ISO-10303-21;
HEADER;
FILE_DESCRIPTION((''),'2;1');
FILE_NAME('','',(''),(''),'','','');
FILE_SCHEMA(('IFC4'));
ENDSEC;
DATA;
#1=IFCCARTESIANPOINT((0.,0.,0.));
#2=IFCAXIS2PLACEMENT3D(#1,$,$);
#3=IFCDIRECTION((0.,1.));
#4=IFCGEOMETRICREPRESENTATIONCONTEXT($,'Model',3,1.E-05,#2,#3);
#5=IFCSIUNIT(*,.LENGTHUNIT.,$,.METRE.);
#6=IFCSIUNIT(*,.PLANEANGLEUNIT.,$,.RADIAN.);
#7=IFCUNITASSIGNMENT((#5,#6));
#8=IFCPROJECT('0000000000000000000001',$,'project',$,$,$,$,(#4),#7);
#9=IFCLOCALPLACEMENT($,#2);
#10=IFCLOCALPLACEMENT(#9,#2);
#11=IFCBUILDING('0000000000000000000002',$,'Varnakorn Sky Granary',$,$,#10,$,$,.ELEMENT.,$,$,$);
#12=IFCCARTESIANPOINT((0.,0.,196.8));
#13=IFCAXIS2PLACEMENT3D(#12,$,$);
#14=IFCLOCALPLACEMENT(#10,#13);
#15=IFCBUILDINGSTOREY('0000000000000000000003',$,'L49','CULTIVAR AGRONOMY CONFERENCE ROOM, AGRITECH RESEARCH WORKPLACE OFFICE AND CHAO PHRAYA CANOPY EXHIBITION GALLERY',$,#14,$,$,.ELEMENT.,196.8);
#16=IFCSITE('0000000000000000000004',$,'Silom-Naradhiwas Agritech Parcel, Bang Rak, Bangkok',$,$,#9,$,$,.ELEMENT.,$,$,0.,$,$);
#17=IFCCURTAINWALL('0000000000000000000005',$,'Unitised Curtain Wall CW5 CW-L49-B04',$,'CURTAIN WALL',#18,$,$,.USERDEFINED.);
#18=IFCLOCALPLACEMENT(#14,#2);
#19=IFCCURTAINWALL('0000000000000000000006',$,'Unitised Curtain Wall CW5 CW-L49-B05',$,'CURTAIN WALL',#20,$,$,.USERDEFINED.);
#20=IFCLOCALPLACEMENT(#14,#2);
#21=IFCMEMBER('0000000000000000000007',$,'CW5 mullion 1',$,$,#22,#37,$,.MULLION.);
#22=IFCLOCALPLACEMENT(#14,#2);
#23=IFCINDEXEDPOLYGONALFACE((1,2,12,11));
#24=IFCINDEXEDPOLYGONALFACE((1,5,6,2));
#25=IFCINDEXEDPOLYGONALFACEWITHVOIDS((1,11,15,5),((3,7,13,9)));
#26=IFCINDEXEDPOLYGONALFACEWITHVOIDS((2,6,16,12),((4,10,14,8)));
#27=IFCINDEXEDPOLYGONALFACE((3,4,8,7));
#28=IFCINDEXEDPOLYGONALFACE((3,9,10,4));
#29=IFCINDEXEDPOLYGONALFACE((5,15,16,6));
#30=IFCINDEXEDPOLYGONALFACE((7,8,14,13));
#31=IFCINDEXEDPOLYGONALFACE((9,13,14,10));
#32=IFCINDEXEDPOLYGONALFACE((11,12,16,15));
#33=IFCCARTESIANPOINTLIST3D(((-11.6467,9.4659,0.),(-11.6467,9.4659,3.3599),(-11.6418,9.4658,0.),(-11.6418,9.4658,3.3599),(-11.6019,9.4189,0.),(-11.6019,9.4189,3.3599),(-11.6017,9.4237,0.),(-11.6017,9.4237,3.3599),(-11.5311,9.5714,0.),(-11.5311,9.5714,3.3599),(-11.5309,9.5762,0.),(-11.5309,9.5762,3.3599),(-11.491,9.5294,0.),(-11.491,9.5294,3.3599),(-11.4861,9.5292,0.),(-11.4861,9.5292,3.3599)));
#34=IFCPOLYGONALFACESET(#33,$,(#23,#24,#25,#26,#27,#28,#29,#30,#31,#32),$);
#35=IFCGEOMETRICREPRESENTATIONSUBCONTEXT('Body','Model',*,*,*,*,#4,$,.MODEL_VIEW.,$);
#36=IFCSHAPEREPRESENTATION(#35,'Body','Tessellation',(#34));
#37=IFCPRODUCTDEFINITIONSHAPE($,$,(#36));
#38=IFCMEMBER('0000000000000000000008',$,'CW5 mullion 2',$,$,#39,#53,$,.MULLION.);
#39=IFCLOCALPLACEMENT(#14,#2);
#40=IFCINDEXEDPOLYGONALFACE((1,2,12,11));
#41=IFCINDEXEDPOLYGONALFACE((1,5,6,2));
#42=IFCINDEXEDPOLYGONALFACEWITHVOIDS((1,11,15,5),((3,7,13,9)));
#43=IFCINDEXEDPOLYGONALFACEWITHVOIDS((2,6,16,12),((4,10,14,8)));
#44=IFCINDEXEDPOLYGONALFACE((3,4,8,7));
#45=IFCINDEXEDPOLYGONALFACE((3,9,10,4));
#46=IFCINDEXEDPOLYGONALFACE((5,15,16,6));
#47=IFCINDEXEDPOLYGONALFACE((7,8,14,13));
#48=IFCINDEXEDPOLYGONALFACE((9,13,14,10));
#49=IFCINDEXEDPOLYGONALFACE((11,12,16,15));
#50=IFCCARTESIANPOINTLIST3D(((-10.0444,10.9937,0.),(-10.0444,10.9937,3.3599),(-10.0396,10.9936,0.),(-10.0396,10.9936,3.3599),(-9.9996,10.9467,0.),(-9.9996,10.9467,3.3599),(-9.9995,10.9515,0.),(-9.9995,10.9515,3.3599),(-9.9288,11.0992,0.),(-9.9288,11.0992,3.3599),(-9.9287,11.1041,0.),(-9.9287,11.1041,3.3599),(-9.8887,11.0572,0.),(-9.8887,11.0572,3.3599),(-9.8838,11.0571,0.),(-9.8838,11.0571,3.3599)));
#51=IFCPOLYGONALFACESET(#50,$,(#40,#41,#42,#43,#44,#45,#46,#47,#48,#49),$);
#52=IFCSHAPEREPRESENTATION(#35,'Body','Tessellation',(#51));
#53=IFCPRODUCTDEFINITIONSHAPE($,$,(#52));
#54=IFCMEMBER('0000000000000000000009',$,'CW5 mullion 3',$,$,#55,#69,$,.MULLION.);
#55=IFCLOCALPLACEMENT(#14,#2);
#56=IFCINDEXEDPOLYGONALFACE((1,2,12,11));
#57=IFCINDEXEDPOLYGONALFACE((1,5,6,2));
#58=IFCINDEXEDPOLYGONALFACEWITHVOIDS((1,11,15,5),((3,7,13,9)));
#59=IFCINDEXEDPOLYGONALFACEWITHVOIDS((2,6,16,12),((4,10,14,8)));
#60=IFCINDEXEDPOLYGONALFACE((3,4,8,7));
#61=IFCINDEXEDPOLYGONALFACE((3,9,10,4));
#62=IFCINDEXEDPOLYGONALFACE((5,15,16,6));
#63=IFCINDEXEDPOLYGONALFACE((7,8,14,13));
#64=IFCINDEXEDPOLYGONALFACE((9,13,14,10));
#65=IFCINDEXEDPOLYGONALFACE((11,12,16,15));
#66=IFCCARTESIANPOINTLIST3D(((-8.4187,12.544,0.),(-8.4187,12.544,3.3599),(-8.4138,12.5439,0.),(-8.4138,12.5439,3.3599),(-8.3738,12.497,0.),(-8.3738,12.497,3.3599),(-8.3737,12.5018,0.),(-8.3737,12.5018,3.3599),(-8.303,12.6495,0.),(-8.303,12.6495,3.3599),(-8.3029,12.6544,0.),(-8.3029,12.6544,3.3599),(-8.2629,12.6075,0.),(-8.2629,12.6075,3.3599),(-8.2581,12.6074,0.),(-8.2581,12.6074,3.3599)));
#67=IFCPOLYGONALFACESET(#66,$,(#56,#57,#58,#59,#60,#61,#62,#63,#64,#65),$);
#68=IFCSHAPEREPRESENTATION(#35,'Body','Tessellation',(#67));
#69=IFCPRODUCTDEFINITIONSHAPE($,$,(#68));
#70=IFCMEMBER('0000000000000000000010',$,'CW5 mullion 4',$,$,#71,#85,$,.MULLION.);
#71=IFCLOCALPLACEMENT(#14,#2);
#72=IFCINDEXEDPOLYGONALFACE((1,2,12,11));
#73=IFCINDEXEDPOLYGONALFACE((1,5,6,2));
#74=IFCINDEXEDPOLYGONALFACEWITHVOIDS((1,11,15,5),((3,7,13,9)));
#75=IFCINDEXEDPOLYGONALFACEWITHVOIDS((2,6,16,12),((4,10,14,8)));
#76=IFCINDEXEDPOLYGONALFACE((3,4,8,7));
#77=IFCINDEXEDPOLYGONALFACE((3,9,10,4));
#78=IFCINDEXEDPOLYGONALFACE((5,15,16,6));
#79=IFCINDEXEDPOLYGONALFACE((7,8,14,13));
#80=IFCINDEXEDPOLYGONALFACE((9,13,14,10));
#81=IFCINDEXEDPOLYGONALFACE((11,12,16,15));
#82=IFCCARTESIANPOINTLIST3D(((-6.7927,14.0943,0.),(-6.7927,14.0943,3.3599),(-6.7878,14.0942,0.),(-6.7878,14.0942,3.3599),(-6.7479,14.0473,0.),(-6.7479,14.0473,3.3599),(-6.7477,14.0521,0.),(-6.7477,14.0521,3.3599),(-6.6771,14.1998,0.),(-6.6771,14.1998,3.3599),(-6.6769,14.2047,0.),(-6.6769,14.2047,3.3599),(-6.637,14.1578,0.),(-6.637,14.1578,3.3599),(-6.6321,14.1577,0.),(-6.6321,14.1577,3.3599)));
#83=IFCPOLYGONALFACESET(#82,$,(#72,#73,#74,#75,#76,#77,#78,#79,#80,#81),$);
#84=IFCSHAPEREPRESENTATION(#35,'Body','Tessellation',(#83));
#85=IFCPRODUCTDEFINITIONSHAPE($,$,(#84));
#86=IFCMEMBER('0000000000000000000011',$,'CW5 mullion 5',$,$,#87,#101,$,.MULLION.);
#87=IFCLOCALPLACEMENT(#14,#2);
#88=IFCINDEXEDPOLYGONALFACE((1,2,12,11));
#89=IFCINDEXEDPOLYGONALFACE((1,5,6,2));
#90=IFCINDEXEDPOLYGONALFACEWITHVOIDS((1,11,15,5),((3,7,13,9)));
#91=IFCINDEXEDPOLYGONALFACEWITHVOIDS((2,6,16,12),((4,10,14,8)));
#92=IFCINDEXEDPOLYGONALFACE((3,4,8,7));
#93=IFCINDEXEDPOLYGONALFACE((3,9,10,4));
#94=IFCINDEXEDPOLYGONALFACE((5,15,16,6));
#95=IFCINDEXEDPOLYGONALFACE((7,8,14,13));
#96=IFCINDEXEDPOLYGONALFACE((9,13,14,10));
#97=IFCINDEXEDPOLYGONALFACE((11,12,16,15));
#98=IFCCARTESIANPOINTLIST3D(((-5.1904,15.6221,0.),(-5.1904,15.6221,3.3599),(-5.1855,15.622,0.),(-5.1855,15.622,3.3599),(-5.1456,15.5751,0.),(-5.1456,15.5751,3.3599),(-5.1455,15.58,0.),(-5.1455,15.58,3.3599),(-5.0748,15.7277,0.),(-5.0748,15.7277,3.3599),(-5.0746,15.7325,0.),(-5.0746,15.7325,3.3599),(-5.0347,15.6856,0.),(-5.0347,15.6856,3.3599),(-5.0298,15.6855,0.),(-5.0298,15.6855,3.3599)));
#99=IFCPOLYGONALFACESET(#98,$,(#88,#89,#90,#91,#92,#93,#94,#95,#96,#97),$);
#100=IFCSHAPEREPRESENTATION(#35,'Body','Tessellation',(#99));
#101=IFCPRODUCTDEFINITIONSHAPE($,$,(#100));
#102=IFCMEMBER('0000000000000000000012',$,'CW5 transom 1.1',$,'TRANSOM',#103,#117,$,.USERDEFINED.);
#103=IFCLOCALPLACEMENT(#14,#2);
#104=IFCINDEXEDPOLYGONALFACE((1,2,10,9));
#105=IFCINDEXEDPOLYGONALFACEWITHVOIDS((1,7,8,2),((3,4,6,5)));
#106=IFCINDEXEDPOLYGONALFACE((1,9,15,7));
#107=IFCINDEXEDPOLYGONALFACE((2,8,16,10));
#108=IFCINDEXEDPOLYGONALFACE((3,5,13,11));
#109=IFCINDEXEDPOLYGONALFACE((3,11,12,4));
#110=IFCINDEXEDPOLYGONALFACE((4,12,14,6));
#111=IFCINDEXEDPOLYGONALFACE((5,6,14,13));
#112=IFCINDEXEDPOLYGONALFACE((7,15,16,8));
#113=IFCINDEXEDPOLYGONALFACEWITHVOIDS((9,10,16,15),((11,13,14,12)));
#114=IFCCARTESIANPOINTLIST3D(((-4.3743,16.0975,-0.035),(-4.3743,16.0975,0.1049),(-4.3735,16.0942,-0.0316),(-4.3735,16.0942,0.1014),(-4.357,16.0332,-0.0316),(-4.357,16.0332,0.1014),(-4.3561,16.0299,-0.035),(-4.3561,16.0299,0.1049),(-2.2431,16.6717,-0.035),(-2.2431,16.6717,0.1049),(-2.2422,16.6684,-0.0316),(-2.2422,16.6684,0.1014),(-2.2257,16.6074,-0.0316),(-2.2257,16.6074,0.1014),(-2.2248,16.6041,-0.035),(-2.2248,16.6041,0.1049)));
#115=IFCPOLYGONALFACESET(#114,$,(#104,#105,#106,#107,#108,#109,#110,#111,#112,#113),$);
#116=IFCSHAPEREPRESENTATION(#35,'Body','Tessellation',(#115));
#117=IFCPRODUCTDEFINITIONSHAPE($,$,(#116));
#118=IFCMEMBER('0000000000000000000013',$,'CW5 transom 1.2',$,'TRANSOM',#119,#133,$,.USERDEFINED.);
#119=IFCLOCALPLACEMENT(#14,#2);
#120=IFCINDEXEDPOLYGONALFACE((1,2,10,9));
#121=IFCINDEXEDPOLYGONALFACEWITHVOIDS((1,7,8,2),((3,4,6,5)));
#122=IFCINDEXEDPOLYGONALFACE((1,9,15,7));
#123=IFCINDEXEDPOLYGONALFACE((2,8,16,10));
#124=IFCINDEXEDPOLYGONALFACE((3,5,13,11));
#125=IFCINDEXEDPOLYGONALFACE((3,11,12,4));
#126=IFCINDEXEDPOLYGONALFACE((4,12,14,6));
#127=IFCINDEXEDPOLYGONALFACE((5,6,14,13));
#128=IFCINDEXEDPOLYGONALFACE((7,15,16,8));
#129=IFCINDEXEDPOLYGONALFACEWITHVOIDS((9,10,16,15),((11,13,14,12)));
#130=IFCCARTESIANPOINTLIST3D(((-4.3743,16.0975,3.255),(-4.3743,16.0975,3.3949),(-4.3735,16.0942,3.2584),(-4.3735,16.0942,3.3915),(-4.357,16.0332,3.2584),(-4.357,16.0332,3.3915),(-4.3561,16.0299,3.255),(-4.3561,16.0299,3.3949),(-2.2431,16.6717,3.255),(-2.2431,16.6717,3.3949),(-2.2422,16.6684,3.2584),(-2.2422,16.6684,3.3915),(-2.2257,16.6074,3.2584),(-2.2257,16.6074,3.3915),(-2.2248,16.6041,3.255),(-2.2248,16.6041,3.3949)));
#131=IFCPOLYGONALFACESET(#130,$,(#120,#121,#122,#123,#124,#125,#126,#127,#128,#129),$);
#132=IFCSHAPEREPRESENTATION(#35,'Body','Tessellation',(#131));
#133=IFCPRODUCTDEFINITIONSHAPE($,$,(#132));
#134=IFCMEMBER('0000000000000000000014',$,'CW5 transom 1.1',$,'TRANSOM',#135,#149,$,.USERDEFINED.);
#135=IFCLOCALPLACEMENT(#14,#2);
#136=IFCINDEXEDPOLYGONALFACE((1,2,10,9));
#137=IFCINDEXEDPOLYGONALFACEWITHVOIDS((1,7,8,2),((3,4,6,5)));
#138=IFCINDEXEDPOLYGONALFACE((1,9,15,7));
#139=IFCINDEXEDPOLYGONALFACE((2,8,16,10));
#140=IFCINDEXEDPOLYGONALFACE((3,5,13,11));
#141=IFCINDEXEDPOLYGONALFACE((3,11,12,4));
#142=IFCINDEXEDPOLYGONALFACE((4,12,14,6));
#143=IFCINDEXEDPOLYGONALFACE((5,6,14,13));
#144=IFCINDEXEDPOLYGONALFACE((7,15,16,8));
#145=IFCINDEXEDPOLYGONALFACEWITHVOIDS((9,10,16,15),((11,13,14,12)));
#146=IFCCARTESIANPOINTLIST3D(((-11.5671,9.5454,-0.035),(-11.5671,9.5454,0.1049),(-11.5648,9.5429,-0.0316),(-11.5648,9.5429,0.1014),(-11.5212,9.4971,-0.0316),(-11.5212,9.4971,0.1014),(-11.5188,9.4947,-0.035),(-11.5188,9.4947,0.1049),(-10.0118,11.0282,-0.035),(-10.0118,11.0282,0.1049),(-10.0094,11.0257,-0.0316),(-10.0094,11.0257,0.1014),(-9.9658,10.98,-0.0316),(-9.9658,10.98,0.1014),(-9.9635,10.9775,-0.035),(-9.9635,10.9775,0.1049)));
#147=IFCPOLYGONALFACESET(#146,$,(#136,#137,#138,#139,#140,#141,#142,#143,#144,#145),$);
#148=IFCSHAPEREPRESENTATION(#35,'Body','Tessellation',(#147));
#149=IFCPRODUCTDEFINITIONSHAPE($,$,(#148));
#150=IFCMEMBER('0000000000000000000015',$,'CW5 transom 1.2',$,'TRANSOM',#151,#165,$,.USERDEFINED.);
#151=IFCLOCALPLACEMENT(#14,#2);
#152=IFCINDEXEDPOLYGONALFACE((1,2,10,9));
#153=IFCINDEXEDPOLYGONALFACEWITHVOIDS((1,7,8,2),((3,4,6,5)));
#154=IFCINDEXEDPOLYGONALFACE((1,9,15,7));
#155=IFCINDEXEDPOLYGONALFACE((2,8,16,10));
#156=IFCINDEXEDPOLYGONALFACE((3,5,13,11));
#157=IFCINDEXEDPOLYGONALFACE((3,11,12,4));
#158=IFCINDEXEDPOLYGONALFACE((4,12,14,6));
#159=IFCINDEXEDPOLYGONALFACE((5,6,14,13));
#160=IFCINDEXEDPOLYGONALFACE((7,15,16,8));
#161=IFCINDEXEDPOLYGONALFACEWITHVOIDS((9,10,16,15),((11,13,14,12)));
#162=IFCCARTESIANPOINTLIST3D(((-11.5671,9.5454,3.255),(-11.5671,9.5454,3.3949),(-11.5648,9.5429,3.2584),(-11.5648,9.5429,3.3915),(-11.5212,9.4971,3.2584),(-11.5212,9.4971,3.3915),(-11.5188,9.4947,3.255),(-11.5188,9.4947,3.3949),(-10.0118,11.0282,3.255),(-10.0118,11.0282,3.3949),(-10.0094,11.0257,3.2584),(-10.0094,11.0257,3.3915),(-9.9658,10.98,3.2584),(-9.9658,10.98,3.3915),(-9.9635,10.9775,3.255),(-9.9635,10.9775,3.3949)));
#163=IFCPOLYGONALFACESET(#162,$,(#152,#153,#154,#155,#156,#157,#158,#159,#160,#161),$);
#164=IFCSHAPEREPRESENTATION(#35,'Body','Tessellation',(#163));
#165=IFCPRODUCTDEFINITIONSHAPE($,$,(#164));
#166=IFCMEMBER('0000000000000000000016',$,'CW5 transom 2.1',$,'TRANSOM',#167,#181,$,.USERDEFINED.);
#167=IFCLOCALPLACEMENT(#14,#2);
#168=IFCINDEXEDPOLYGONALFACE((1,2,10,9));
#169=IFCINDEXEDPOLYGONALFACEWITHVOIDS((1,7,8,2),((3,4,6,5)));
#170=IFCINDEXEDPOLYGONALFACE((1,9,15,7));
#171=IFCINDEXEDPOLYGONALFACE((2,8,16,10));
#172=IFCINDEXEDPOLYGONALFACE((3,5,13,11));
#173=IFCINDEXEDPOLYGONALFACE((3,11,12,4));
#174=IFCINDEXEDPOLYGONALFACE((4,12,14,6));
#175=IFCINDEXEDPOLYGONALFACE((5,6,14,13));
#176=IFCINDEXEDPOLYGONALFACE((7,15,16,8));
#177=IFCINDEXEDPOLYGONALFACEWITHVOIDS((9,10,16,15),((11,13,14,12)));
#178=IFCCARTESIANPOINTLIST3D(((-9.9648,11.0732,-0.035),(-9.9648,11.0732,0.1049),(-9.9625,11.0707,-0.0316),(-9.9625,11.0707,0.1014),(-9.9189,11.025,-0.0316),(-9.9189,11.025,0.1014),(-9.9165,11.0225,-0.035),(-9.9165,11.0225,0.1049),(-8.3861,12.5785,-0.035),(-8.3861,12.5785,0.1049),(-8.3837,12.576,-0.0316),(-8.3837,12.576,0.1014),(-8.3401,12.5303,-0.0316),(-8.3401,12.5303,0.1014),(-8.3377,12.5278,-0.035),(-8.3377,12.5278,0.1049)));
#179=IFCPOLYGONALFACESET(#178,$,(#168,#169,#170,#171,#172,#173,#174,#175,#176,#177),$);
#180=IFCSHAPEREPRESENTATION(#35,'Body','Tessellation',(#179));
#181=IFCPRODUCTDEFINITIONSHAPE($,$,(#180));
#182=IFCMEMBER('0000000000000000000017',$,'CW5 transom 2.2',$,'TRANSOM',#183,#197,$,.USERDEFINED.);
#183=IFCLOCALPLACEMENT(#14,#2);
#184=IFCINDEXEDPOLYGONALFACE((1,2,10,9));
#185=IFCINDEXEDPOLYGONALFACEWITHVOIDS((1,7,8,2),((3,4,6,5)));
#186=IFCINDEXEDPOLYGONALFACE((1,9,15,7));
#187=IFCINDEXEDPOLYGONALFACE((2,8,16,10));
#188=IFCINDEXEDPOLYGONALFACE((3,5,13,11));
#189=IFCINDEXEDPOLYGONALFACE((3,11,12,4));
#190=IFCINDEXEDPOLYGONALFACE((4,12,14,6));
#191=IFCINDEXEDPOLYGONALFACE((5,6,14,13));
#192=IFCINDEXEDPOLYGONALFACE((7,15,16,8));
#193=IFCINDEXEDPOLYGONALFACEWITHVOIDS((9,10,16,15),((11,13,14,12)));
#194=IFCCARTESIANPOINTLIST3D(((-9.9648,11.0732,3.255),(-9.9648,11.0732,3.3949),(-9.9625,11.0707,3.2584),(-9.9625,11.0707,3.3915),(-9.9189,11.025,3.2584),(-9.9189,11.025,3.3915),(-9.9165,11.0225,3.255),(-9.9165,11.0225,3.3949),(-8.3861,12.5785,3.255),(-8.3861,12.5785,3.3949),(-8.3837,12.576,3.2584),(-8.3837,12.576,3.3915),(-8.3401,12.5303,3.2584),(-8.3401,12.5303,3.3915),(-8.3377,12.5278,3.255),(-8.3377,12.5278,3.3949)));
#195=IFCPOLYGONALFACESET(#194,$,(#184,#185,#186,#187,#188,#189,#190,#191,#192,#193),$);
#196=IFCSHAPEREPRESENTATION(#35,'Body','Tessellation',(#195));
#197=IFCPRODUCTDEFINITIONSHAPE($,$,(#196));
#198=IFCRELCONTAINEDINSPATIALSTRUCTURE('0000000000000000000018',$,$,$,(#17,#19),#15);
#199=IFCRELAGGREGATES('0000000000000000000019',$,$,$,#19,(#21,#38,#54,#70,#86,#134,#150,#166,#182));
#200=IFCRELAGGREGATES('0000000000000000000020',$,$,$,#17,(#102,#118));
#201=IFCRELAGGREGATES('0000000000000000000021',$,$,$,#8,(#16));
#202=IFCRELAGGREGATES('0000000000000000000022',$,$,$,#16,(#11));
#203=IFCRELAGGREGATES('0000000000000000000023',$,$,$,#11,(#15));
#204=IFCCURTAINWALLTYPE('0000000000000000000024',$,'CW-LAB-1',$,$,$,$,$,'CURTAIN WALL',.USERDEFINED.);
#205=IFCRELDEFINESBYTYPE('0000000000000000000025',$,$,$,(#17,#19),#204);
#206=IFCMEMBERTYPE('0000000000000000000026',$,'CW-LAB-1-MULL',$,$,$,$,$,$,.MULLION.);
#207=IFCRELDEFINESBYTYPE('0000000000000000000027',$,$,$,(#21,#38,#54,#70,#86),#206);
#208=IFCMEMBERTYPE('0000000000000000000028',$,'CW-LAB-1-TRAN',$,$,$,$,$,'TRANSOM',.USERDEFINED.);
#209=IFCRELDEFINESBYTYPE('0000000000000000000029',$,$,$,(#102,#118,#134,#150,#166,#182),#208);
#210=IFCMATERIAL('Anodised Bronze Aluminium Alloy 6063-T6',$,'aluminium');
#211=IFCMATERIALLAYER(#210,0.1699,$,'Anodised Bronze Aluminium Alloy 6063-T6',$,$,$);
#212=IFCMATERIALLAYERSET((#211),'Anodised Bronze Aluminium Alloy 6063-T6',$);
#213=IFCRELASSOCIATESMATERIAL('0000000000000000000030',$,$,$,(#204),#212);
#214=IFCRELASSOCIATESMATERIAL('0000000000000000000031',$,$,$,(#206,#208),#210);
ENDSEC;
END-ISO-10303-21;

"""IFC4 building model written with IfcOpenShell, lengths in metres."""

from ifc_helpers import new_model, si_unit, direction, frame, origin, origin_2d, place, context, subcontext, project, spatial, hollow_rectangle, extrude, material, layer, layer_set, material_profile, profile_set, type_object, element, aggregate, save


model = new_model("IFC4")

# Units and contexts
model_context = context("Model", 3, precision=1e-05, world=origin(), true_north=direction((0.0, 1.0)))
body_context = subcontext(model_context, "Body", "Model", "MODEL_VIEW")
ifc_project = project(units=[si_unit("LENGTHUNIT", "METRE"), si_unit("PLANEANGLEUNIT", "RADIAN")], contexts=[model_context])

# Site, building, storey
site_placement = place(None, origin())
site = spatial("IfcSite", under=ifc_project, at=site_placement, Name="Silom-Naradhiwas Agritech Parcel, Bang Rak, Bangkok", CompositionType="ELEMENT", RefElevation=0.0)
building_placement = place(site_placement, origin())
building = spatial("IfcBuilding", under=site, at=building_placement, Name="Varnakorn Sky Granary", CompositionType="ELEMENT")
storey_placement = place(building_placement, frame((0.0, 0.0, 196.8)))
storey = spatial("IfcBuildingStorey", under=building, at=storey_placement, Name="L49", Description="CULTIVAR AGRONOMY CONFERENCE ROOM, AGRITECH RESEARCH WORKPLACE OFFICE AND CHAO PHRAYA CANOPY EXHIBITION GALLERY", CompositionType="ELEMENT", Elevation=196.8)

# Curtain wall
ifc_material_1 = material(Name="Anodised Bronze Aluminium Alloy 6063-T6", Category="aluminium")
ifc_layer_1 = layer(ifc_material_1, 0.1699, Name="Anodised Bronze Aluminium Alloy 6063-T6")
ifc_layer_set_1 = layer_set([ifc_layer_1], Name="Anodised Bronze Aluminium Alloy 6063-T6")
curtain_wall_type = type_object("IfcCurtainWallType", Name="CW-LAB-1", ElementType="CURTAIN WALL", PredefinedType="USERDEFINED", material=ifc_layer_set_1)
curtain_wall_1_placement = place(storey_placement, origin())
curtain_wall_1 = element("IfcCurtainWall", 1, at=curtain_wall_1_placement, inside=storey, type_object=curtain_wall_type, Name="Unitised Curtain Wall CW5 CW-L49-B04", ObjectType="CURTAIN WALL", PredefinedType="USERDEFINED")
ifc_material_profile_1 = material_profile(ifc_material_1, hollow_rectangle(XDim=0.0649, YDim=0.1599, WallThickness=0.0034, at=origin_2d()), Name="ALU MULL 65x160")
ifc_profile_set_1 = profile_set([ifc_material_profile_1], Name="Anodised Bronze Aluminium Alloy 6063-T6")
member_type_1 = type_object("IfcMemberType", Name="CW-LAB-1-MULL", PredefinedType="MULLION", material=ifc_profile_set_1)

# Curtain wall, members
curtain_wall_2_placement = place(storey_placement, origin())
curtain_wall_2 = element("IfcCurtainWall", 2, at=curtain_wall_2_placement, inside=storey, type_object=curtain_wall_type, Name="Unitised Curtain Wall CW5 CW-L49-B05", ObjectType="CURTAIN WALL", PredefinedType="USERDEFINED")
member_1_placement = place(storey_placement, frame((-11.5664, 9.4976, 0.0), z_axis=(0.0, 0.0, 1.0), x_axis=(-0.690097, 0.723717, 0.0)))
member_1 = element("IfcMember", 3, at=member_1_placement, type_object=member_type_1, Name="CW5 mullion 1", PredefinedType="MULLION", context=body_context, shape_type="SweptSolid", body=[
    extrude(hollow_rectangle(XDim=0.0649, YDim=0.1599, WallThickness=0.0034, at=origin_2d()), origin(), (0.0, 0.0, 1.0), 3.3599),
])
member_2_placement = place(storey_placement, frame((-9.9641, 11.0254, 0.0), z_axis=(0.0, 0.0, 1.0), x_axis=(-0.690097, 0.723717, 0.0)))
member_2 = element("IfcMember", 4, at=member_2_placement, type_object=member_type_1, Name="CW5 mullion 2", PredefinedType="MULLION", context=body_context, shape_type="SweptSolid", body=[
    extrude(hollow_rectangle(XDim=0.0649, YDim=0.1599, WallThickness=0.0034, at=origin_2d()), origin(), (0.0, 0.0, 1.0), 3.3599),
])
member_3_placement = place(storey_placement, frame((-8.3384, 12.5757, 0.0), z_axis=(0.0, 0.0, 1.0), x_axis=(-0.690097, 0.723717, 0.0)))
member_3 = element("IfcMember", 5, at=member_3_placement, type_object=member_type_1, Name="CW5 mullion 3", PredefinedType="MULLION", context=body_context, shape_type="SweptSolid", body=[
    extrude(hollow_rectangle(XDim=0.0649, YDim=0.1599, WallThickness=0.0034, at=origin_2d()), origin(), (0.0, 0.0, 1.0), 3.3599),
])
member_4_placement = place(storey_placement, frame((-6.7124, 14.126, 0.0), z_axis=(0.0, 0.0, 1.0), x_axis=(-0.690097, 0.723717, 0.0)))
member_4 = element("IfcMember", 6, at=member_4_placement, type_object=member_type_1, Name="CW5 mullion 4", PredefinedType="MULLION", context=body_context, shape_type="SweptSolid", body=[
    extrude(hollow_rectangle(XDim=0.0649, YDim=0.1599, WallThickness=0.0034, at=origin_2d()), origin(), (0.0, 0.0, 1.0), 3.3599),
])
member_5_placement = place(storey_placement, frame((-5.1101, 15.6538, 0.0), z_axis=(0.0, 0.0, 1.0), x_axis=(-0.690097, 0.723717, 0.0)))
member_5 = element("IfcMember", 7, at=member_5_placement, type_object=member_type_1, Name="CW5 mullion 5", PredefinedType="MULLION", context=body_context, shape_type="SweptSolid", body=[
    extrude(hollow_rectangle(XDim=0.0649, YDim=0.1599, WallThickness=0.0034, at=origin_2d()), origin(), (0.0, 0.0, 1.0), 3.3599),
])

# Members
ifc_material_profile_2 = material_profile(ifc_material_1, hollow_rectangle(XDim=0.0701, YDim=0.1399, WallThickness=0.0034, at=origin_2d()), Name="ALU TRAN 70x140")
ifc_profile_set_2 = profile_set([ifc_material_profile_2], Name="Anodised Bronze Aluminium Alloy 6063-T6")
member_type_2 = type_object("IfcMemberType", Name="CW-LAB-1-TRAN", ElementType="TRANSOM", PredefinedType="USERDEFINED", material=ifc_profile_set_2)
member_6_placement = place(storey_placement, frame((-4.3652, 16.0637, 0.0349), z_axis=(0.965571, 0.26014, 0.0), x_axis=(-0.26014, 0.965571, 0.0)))
member_6 = element("IfcMember", 8, at=member_6_placement, type_object=member_type_2, Name="CW5 transom 1.1", ObjectType="TRANSOM", PredefinedType="USERDEFINED", context=body_context, shape_type="SweptSolid", body=[
    extrude(hollow_rectangle(XDim=0.0701, YDim=0.1399, WallThickness=0.0034, at=origin_2d()), origin(), (0.0, 0.0, 1.0), 2.2073),
])
member_7_placement = place(storey_placement, frame((-4.3652, 16.0637, 3.325), z_axis=(0.965571, 0.26014, 0.0), x_axis=(-0.26014, 0.965571, 0.0)))
member_7 = element("IfcMember", 9, at=member_7_placement, type_object=member_type_2, Name="CW5 transom 1.2", ObjectType="TRANSOM", PredefinedType="USERDEFINED", context=body_context, shape_type="SweptSolid", body=[
    extrude(hollow_rectangle(XDim=0.0701, YDim=0.1399, WallThickness=0.0034, at=origin_2d()), origin(), (0.0, 0.0, 1.0), 2.2073),
])
member_8_placement = place(storey_placement, frame((-11.543, 9.52, 0.0349), z_axis=(0.723776, 0.690035, 0.0), x_axis=(-0.690035, 0.723776, 0.0)))
member_8 = element("IfcMember", 10, at=member_8_placement, type_object=member_type_2, Name="CW5 transom 1.1", ObjectType="TRANSOM", PredefinedType="USERDEFINED", context=body_context, shape_type="SweptSolid", body=[
    extrude(hollow_rectangle(XDim=0.0701, YDim=0.1399, WallThickness=0.0034, at=origin_2d()), origin(), (0.0, 0.0, 1.0), 2.1489),
])
member_9_placement = place(storey_placement, frame((-11.543, 9.52, 3.325), z_axis=(0.723776, 0.690035, 0.0), x_axis=(-0.690035, 0.723776, 0.0)))
member_9 = element("IfcMember", 11, at=member_9_placement, type_object=member_type_2, Name="CW5 transom 1.2", ObjectType="TRANSOM", PredefinedType="USERDEFINED", context=body_context, shape_type="SweptSolid", body=[
    extrude(hollow_rectangle(XDim=0.0701, YDim=0.1399, WallThickness=0.0034, at=origin_2d()), origin(), (0.0, 0.0, 1.0), 2.1489),
])
member_10_placement = place(storey_placement, frame((-9.9407, 11.0479, 0.0349), z_axis=(0.723749, 0.690063, 0.0), x_axis=(-0.690063, 0.723749, 0.0)))
member_10 = element("IfcMember", 12, at=member_10_placement, type_object=member_type_2, Name="CW5 transom 2.1", ObjectType="TRANSOM", PredefinedType="USERDEFINED", context=body_context, shape_type="SweptSolid", body=[
    extrude(hollow_rectangle(XDim=0.0701, YDim=0.1399, WallThickness=0.0034, at=origin_2d()), origin(), (0.0, 0.0, 1.0), 2.1814),
])
member_11_placement = place(storey_placement, frame((-9.9407, 11.0479, 3.325), z_axis=(0.723749, 0.690063, 0.0), x_axis=(-0.690063, 0.723749, 0.0)))
member_11 = element("IfcMember", 13, at=member_11_placement, type_object=member_type_2, Name="CW5 transom 2.2", ObjectType="TRANSOM", PredefinedType="USERDEFINED", context=body_context, shape_type="SweptSolid", body=[
    extrude(hollow_rectangle(XDim=0.0701, YDim=0.1399, WallThickness=0.0034, at=origin_2d()), origin(), (0.0, 0.0, 1.0), 2.1814),
])

aggregate(curtain_wall_2, [member_1, member_2, member_3, member_4, member_5, member_8, member_9, member_10, member_11])
aggregate(curtain_wall_1, [member_6, member_7])

save(model, "model.ifc")
